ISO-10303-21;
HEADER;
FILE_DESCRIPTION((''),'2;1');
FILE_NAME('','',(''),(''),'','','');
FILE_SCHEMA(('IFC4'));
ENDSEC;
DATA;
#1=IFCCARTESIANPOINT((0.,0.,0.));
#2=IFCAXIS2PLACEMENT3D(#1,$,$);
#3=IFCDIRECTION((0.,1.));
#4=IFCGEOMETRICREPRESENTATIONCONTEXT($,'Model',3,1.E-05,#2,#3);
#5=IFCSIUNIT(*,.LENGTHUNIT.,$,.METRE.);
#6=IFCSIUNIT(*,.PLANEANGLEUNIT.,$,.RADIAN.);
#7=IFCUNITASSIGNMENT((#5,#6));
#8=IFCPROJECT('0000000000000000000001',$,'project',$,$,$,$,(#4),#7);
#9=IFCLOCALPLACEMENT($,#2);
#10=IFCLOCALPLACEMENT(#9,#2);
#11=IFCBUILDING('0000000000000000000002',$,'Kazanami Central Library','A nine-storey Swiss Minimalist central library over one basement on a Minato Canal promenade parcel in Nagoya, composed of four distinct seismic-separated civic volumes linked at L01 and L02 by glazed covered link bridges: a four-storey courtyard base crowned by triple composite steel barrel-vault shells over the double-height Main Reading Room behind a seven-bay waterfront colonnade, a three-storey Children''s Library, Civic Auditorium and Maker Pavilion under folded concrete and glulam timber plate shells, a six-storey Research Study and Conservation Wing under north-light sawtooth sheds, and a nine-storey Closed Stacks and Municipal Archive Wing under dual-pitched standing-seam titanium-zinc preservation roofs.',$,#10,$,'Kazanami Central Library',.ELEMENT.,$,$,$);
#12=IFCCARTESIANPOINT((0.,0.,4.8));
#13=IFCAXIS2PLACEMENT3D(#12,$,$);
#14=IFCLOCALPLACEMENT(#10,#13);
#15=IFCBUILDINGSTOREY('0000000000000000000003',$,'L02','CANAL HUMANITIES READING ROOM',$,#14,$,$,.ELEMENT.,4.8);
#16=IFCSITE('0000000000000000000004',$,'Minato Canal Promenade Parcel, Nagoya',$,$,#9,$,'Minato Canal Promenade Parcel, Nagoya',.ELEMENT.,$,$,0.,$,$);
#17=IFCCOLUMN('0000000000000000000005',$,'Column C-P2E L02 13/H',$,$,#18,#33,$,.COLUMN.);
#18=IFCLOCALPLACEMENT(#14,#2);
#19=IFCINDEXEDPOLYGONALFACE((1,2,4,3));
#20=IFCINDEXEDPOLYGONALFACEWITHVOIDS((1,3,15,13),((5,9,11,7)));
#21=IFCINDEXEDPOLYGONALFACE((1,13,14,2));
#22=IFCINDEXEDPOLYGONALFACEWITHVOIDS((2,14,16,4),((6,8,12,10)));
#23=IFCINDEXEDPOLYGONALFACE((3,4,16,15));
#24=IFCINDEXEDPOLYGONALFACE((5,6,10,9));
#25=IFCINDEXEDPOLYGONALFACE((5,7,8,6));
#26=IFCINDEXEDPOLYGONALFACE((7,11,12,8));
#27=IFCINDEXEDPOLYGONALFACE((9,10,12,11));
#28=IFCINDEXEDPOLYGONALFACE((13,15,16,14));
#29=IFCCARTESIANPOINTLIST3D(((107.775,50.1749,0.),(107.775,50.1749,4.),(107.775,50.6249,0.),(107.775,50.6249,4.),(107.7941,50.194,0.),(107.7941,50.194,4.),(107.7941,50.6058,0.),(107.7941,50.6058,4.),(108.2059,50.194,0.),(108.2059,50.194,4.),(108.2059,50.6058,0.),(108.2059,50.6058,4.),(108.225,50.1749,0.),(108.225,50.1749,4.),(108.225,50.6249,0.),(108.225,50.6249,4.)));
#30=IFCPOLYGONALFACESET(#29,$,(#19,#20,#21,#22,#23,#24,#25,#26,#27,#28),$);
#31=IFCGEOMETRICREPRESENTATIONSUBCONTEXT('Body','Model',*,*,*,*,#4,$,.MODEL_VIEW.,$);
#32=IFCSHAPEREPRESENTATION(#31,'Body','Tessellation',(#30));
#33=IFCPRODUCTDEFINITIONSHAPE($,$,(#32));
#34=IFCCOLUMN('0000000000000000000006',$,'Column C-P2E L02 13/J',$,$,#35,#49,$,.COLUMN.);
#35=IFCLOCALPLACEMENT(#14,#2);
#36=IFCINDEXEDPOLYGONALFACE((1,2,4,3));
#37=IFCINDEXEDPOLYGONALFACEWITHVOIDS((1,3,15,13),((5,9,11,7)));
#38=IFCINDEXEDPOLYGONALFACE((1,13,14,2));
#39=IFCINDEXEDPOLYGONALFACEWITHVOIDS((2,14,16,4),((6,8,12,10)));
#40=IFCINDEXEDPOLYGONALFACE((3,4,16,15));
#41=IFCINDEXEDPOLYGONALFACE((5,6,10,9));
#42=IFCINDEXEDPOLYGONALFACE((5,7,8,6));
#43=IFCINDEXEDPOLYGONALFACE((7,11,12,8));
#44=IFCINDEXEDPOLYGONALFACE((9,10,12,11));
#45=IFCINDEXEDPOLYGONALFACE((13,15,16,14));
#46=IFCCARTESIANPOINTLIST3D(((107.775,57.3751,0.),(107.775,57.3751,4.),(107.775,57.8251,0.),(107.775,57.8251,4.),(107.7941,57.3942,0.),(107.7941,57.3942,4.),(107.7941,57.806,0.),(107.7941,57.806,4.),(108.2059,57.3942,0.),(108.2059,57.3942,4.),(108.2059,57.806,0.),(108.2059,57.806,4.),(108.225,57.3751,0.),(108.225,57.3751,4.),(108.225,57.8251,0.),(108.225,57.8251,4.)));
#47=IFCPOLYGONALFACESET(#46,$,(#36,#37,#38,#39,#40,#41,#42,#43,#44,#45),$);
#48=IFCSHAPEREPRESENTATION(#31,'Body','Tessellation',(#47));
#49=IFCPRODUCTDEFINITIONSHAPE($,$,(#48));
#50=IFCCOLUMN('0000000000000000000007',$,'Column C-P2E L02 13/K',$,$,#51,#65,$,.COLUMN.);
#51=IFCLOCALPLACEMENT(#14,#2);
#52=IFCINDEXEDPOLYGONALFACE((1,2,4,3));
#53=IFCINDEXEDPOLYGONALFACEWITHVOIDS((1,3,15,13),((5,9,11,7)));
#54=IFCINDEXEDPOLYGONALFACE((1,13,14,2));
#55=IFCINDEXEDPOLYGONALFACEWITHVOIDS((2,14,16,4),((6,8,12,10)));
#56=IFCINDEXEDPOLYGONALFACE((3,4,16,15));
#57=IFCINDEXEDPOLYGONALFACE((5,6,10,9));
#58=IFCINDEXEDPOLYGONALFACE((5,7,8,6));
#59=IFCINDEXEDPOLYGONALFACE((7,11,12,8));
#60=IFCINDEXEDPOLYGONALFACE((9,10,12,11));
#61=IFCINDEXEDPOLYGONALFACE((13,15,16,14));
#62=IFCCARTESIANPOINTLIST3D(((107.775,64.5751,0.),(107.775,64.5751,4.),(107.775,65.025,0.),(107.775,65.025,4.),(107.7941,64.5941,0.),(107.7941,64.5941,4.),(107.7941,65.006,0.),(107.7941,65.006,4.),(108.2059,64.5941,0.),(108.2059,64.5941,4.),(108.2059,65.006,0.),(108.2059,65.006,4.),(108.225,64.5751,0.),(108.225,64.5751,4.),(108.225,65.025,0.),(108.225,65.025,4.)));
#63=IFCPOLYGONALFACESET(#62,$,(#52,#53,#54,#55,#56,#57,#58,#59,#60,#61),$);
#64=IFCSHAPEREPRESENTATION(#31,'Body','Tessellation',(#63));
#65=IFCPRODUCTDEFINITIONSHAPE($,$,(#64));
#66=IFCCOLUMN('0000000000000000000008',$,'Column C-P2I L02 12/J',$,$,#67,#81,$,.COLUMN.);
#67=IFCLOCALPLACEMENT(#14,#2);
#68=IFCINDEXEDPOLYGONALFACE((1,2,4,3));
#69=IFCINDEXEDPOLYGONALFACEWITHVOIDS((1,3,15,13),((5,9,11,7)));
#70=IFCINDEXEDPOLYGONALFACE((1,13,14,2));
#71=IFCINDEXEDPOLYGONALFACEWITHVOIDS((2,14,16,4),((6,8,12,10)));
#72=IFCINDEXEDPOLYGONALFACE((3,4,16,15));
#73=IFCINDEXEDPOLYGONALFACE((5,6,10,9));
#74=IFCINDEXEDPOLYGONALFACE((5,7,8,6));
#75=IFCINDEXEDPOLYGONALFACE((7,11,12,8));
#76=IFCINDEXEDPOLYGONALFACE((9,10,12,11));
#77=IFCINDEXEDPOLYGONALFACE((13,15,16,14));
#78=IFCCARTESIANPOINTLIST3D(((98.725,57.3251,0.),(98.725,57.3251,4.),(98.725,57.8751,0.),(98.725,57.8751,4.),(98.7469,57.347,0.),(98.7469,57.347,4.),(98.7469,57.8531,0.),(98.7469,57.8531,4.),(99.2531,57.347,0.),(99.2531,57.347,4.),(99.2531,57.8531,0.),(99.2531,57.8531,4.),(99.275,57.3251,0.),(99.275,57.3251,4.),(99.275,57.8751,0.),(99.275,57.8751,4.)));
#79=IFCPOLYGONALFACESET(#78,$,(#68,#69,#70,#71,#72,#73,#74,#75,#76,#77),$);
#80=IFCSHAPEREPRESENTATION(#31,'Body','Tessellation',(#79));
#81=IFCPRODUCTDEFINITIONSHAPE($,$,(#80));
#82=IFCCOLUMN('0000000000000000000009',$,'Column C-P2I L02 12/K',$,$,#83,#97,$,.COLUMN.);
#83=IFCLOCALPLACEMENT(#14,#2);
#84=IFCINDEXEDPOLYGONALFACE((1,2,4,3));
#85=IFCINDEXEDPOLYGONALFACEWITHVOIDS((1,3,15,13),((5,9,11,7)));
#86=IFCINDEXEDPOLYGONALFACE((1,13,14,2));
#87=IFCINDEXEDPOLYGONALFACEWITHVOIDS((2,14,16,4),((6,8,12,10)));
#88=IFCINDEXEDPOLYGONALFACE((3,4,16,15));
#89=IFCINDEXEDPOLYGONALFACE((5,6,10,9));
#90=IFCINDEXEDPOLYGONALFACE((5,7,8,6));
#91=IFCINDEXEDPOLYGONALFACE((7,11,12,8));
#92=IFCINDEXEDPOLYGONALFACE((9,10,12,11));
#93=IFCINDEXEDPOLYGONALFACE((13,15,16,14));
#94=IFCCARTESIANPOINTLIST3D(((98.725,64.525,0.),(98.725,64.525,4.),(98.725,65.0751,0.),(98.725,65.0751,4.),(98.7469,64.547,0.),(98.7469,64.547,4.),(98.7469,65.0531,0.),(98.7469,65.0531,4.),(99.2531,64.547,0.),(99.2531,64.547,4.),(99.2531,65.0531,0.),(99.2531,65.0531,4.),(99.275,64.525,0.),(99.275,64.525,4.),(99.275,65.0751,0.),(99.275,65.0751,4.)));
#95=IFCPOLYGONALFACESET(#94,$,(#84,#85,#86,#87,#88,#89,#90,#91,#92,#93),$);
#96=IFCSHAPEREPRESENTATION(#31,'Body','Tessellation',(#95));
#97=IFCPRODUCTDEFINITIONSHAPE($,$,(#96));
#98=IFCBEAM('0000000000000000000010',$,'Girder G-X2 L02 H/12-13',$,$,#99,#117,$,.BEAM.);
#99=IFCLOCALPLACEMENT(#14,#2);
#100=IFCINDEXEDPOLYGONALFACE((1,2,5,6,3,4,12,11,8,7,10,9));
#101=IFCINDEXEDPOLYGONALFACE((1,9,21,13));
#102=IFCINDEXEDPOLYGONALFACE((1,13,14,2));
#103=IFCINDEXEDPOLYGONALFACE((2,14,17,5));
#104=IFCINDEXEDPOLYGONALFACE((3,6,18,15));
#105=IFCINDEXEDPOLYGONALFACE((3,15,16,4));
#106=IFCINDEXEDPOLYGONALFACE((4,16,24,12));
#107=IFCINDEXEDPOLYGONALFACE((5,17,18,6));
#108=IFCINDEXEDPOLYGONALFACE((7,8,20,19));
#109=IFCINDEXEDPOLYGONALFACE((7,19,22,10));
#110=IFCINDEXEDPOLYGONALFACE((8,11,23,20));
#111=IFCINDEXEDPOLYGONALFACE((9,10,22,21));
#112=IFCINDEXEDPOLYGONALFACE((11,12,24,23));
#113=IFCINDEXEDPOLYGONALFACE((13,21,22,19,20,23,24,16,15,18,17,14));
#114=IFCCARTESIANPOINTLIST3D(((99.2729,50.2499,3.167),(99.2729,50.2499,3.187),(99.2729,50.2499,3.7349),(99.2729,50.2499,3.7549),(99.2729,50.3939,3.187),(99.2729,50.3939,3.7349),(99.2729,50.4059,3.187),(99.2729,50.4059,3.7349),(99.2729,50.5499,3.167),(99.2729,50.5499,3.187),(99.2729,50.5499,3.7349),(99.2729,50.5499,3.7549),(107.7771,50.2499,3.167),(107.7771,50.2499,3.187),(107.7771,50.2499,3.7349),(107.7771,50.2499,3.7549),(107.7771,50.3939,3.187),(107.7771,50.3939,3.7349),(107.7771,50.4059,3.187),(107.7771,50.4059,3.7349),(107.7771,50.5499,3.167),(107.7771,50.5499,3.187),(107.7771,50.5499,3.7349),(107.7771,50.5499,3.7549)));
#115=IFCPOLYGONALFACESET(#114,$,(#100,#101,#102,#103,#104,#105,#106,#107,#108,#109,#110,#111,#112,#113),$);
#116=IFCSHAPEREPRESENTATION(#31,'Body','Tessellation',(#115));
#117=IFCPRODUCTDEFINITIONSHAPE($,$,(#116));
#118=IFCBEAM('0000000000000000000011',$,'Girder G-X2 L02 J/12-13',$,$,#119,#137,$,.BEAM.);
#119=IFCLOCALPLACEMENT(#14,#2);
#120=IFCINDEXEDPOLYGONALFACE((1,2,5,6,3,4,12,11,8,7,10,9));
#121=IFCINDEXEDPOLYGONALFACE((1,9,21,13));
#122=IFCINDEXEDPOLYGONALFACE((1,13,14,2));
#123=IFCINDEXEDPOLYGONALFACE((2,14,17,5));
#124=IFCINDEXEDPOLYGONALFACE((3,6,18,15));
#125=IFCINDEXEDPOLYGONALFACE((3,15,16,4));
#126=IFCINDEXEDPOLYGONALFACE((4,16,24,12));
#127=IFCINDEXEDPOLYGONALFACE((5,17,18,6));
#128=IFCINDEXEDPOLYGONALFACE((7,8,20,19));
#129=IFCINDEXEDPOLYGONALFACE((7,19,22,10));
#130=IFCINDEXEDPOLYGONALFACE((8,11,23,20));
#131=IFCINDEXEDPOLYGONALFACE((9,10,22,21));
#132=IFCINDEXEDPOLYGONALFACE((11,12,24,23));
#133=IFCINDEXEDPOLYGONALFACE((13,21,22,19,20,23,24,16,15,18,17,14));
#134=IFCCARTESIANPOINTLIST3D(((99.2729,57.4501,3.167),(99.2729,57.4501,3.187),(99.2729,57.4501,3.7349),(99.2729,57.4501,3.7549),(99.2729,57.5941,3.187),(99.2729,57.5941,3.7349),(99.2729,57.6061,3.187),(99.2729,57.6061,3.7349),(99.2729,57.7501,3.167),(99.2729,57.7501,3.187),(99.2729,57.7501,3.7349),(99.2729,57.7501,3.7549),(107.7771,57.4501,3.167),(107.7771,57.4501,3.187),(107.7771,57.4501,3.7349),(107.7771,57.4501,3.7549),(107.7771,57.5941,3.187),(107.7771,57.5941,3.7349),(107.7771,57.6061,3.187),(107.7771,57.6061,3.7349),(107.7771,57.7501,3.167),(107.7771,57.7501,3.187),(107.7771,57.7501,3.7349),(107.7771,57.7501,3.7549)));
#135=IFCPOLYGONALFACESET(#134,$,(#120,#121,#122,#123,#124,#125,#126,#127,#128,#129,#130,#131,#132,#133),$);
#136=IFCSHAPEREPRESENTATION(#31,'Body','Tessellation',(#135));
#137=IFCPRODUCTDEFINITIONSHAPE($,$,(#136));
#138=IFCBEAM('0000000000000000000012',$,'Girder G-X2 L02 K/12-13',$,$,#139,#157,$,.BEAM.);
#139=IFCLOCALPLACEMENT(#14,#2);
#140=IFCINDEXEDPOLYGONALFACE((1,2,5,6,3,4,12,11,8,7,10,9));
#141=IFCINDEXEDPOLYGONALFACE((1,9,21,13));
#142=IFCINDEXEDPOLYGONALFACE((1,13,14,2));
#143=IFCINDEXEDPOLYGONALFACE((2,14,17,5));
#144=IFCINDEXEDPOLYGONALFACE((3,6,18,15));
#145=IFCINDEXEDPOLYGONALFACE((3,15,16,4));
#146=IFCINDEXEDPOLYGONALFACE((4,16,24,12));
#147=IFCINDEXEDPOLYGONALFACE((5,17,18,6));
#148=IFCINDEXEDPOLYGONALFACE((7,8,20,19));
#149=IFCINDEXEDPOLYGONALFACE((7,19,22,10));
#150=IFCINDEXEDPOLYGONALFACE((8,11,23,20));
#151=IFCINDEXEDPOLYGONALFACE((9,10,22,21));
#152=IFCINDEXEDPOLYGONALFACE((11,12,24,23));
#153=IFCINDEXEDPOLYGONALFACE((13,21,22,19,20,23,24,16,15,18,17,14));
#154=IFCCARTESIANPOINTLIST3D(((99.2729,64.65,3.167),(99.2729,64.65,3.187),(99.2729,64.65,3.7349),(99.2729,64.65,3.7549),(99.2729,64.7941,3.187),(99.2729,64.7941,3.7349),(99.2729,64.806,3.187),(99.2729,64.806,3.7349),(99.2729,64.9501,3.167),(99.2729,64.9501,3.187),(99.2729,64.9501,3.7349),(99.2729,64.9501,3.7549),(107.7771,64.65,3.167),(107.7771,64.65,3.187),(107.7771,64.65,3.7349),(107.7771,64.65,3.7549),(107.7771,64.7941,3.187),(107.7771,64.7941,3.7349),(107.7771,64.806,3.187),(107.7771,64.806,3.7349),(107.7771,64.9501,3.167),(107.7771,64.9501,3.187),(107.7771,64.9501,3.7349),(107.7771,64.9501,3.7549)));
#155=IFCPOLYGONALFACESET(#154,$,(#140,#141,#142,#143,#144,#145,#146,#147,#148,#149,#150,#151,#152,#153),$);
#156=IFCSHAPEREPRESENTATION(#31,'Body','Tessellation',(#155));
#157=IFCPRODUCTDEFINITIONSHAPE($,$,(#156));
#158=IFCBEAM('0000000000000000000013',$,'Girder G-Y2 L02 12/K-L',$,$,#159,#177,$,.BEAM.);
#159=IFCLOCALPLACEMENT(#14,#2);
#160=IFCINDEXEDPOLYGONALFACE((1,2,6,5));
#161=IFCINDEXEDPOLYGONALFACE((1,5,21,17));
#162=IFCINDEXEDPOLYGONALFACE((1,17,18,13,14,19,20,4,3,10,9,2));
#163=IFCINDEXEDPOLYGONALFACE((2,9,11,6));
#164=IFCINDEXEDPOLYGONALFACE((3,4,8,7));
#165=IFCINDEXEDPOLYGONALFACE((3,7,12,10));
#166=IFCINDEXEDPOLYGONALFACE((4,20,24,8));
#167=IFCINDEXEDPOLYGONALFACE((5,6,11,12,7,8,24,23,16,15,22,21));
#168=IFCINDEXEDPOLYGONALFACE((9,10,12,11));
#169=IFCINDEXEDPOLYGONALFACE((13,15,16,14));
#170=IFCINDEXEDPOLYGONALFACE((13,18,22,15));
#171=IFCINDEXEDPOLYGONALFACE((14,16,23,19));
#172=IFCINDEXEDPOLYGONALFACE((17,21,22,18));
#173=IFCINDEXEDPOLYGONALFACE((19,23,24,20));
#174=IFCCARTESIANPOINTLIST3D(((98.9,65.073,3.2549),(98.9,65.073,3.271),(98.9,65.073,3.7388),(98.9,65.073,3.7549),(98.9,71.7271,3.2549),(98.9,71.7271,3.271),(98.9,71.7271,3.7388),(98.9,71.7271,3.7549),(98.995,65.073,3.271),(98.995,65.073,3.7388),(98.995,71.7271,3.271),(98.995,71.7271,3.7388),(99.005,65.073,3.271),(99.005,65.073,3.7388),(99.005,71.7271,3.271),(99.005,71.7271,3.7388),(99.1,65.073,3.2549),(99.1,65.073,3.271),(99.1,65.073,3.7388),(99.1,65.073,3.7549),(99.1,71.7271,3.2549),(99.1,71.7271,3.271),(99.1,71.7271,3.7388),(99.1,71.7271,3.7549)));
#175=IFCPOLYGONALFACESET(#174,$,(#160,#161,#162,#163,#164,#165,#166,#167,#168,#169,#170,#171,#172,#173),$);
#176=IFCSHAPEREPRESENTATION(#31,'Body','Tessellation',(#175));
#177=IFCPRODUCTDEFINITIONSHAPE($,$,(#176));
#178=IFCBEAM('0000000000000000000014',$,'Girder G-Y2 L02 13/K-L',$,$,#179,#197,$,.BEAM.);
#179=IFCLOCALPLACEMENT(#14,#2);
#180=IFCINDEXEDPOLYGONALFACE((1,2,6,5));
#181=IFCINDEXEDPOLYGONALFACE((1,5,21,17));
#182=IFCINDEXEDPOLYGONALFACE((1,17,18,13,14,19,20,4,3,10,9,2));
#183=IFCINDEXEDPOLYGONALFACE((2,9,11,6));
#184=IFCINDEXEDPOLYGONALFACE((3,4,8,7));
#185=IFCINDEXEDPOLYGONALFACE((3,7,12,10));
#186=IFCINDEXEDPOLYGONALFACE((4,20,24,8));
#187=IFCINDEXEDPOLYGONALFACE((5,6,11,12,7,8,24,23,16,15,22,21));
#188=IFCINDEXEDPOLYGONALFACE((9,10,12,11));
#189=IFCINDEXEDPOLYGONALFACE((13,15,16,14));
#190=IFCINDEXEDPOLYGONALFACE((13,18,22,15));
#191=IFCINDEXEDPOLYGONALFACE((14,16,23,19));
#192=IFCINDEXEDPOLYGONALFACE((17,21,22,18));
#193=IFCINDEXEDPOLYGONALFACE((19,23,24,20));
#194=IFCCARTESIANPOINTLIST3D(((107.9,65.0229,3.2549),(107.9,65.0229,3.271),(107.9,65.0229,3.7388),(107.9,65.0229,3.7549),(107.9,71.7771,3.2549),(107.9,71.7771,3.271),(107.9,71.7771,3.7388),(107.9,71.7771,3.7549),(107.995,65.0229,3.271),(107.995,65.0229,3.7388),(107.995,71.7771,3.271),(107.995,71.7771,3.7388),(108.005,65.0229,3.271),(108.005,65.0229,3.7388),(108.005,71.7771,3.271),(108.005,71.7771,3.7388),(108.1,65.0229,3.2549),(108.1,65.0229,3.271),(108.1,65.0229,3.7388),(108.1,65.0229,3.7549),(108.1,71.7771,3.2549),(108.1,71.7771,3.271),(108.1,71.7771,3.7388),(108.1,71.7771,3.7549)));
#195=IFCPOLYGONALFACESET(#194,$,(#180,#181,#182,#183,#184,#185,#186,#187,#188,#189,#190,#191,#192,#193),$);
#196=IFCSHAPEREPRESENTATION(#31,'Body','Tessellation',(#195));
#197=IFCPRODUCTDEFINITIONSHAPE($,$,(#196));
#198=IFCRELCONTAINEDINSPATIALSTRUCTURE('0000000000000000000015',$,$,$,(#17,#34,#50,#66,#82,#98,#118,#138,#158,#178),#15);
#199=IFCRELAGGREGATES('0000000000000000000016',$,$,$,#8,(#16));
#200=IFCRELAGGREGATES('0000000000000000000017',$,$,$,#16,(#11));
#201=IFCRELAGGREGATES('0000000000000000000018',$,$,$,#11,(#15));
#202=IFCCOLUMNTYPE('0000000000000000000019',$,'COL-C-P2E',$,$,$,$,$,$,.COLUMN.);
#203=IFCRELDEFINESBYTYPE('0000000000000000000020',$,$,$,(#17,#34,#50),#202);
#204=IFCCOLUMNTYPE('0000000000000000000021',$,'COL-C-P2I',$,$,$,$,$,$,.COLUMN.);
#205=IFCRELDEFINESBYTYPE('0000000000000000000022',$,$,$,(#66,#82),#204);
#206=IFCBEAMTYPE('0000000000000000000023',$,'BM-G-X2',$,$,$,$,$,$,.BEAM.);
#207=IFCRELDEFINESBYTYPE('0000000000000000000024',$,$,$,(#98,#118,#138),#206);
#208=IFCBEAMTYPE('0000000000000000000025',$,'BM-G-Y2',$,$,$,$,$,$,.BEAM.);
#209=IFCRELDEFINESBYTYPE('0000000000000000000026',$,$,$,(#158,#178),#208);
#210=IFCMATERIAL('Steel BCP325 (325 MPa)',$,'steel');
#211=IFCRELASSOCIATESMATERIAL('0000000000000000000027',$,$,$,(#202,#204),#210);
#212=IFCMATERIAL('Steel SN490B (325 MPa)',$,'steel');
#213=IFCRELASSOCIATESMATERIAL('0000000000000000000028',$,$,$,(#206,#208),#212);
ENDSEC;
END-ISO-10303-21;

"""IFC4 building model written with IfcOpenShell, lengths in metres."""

from ifc_helpers import new_model, si_unit, direction, frame, origin, origin_2d, place, context, subcontext, project, spatial, hollow_rectangle, i_section, extrude, material, material_profile, profile_set, type_object, element, save


model = new_model("IFC4")

# Units and contexts
model_context = context("Model", 3, precision=1e-05, world=origin(), true_north=direction((0.0, 1.0)))
body_context = subcontext(model_context, "Body", "Model", "MODEL_VIEW")
ifc_project = project(units=[si_unit("LENGTHUNIT", "METRE"), si_unit("PLANEANGLEUNIT", "RADIAN")], contexts=[model_context])

# Site, building, storey
site_placement = place(None, origin())
site = spatial("IfcSite", under=ifc_project, at=site_placement, Name="Minato Canal Promenade Parcel, Nagoya", LongName="Minato Canal Promenade Parcel, Nagoya", CompositionType="ELEMENT", RefElevation=0.0)
building_placement = place(site_placement, origin())
building = spatial("IfcBuilding", under=site, at=building_placement, Name="Kazanami Central Library", Description="A nine-storey Swiss Minimalist central library over one basement on a Minato Canal promenade parcel in Nagoya, composed of four distinct seismic-separated civic volumes linked at L01 and L02 by glazed covered link bridges: a four-storey courtyard base crowned by triple composite steel barrel-vault shells over the double-height Main Reading Room behind a seven-bay waterfront colonnade, a three-storey Children's Library, Civic Auditorium and Maker Pavilion under folded concrete and glulam timber plate shells, a six-storey Research Study and Conservation Wing under north-light sawtooth sheds, and a nine-storey Closed Stacks and Municipal Archive Wing under dual-pitched standing-seam titanium-zinc preservation roofs.", LongName="Kazanami Central Library", CompositionType="ELEMENT")
storey_placement = place(building_placement, frame((0.0, 0.0, 4.8)))
storey = spatial("IfcBuildingStorey", under=building, at=storey_placement, Name="L02", Description="CANAL HUMANITIES READING ROOM", CompositionType="ELEMENT", Elevation=4.8)

# Columns
ifc_material_1 = material(Name="Steel BCP325 (325 MPa)", Category="steel")
ifc_material_profile_1 = material_profile(ifc_material_1, hollow_rectangle(XDim=0.45, YDim=0.45, WallThickness=0.019, at=origin_2d()), Name="BCP-450x450x19")
ifc_profile_set_1 = profile_set([ifc_material_profile_1], Name="Steel BCP325 (325 MPa)")
column_type_1 = type_object("IfcColumnType", Name="COL-C-P2E", PredefinedType="COLUMN", material=ifc_profile_set_1)
for number, where, z_axis, x_axis, name in (
    (1, (108.0, 50.3999, 0.0), (0.0, 0.0, 1.0), (1.0, 0.0, 0.0), "Column C-P2E L02 13/H"),
    (2, (108.0, 57.6001, 0.0), (0.0, 0.0, 1.0), (1.0, 0.0, 0.0), "Column C-P2E L02 13/J"),
    (3, (108.0, 64.8, 0.0), (0.0, 0.0, 1.0), (1.0, 0.0, 0.0), "Column C-P2E L02 13/K"),
):
    element("IfcColumn", number, at=place(storey_placement, frame(where, z_axis=z_axis, x_axis=x_axis)), inside=storey, type_object=column_type_1, Name=name, PredefinedType="COLUMN", context=body_context, shape_type="SweptSolid", body=[
        extrude(hollow_rectangle(XDim=0.45, YDim=0.45, WallThickness=0.019, at=origin_2d()), origin(), (0.0, 0.0, 1.0), 4.0),
    ])
ifc_material_profile_2 = material_profile(ifc_material_1, hollow_rectangle(XDim=0.55, YDim=0.55, WallThickness=0.022, at=origin_2d()), Name="BCP-550x550x22")
ifc_profile_set_2 = profile_set([ifc_material_profile_2], Name="Steel BCP325 (325 MPa)")
column_type_2 = type_object("IfcColumnType", Name="COL-C-P2I", PredefinedType="COLUMN", material=ifc_profile_set_2)
for number, where, z_axis, x_axis, name in (
    (4, (99.0, 57.6001, 0.0), (0.0, 0.0, 1.0), (1.0, 0.0, 0.0), "Column C-P2I L02 12/J"),
    (5, (99.0, 64.8, 0.0), (0.0, 0.0, 1.0), (1.0, 0.0, 0.0), "Column C-P2I L02 12/K"),
):
    element("IfcColumn", number, at=place(storey_placement, frame(where, z_axis=z_axis, x_axis=x_axis)), inside=storey, type_object=column_type_2, Name=name, PredefinedType="COLUMN", context=body_context, shape_type="SweptSolid", body=[
        extrude(hollow_rectangle(XDim=0.55, YDim=0.55, WallThickness=0.022, at=origin_2d()), origin(), (0.0, 0.0, 1.0), 4.0),
    ])

# Beams
ifc_material_2 = material(Name="Steel SN490B (325 MPa)", Category="steel")
ifc_material_profile_3 = material_profile(ifc_material_2, i_section(OverallWidth=0.3, OverallDepth=0.5879, WebThickness=0.012, FlangeThickness=0.02, at=origin_2d()), Name="H-588x300x12x20")
ifc_profile_set_3 = profile_set([ifc_material_profile_3], Name="Steel SN490B (325 MPa)")
beam_type_1 = type_object("IfcBeamType", Name="BM-G-X2", PredefinedType="BEAM", material=ifc_profile_set_3)
for number, where, z_axis, x_axis, name in (
    (6, (99.2729, 50.3999, 3.4609), (1.0, 0.0, 0.0), (0.0, 1.0, 0.0), "Girder G-X2 L02 H/12-13"),
    (7, (99.2729, 57.6001, 3.4609), (1.0, 0.0, 0.0), (0.0, 1.0, 0.0), "Girder G-X2 L02 J/12-13"),
    (8, (99.2729, 64.8, 3.4609), (1.0, 0.0, 0.0), (0.0, 1.0, 0.0), "Girder G-X2 L02 K/12-13"),
):
    element("IfcBeam", number, at=place(storey_placement, frame(where, z_axis=z_axis, x_axis=x_axis)), inside=storey, type_object=beam_type_1, Name=name, PredefinedType="BEAM", context=body_context, shape_type="SweptSolid", body=[
        extrude(i_section(OverallWidth=0.3, OverallDepth=0.5879, WebThickness=0.012, FlangeThickness=0.02, at=origin_2d()), origin(), (0.0, 0.0, 1.0), 8.5042),
    ])
ifc_material_profile_4 = material_profile(ifc_material_2, i_section(OverallWidth=0.2, OverallDepth=0.5, WebThickness=0.01, FlangeThickness=0.0161, at=origin_2d()), Name="H-500x200x10x16")
ifc_profile_set_4 = profile_set([ifc_material_profile_4], Name="Steel SN490B (325 MPa)")
beam_type_2 = type_object("IfcBeamType", Name="BM-G-Y2", PredefinedType="BEAM", material=ifc_profile_set_4)
beam_1_placement = place(storey_placement, frame((99.0, 65.073, 3.5049), z_axis=(0.0, 1.0, 0.0), x_axis=(-1.0, 0.0, 0.0)))
element("IfcBeam", 9, at=beam_1_placement, inside=storey, type_object=beam_type_2, Name="Girder G-Y2 L02 12/K-L", PredefinedType="BEAM", context=body_context, shape_type="SweptSolid", body=[
    extrude(i_section(OverallWidth=0.2, OverallDepth=0.5, WebThickness=0.01, FlangeThickness=0.0161, at=origin_2d()), origin(), (0.0, 0.0, 1.0), 6.6541),
])
beam_2_placement = place(storey_placement, frame((108.0, 65.0229, 3.5049), z_axis=(0.0, 1.0, 0.0), x_axis=(-1.0, 0.0, 0.0)))
element("IfcBeam", 10, at=beam_2_placement, inside=storey, type_object=beam_type_2, Name="Girder G-Y2 L02 13/K-L", PredefinedType="BEAM", context=body_context, shape_type="SweptSolid", body=[
    extrude(i_section(OverallWidth=0.2, OverallDepth=0.5, WebThickness=0.01, FlangeThickness=0.0161, at=origin_2d()), origin(), (0.0, 0.0, 1.0), 6.7542),
])

save(model, "model.ifc")
